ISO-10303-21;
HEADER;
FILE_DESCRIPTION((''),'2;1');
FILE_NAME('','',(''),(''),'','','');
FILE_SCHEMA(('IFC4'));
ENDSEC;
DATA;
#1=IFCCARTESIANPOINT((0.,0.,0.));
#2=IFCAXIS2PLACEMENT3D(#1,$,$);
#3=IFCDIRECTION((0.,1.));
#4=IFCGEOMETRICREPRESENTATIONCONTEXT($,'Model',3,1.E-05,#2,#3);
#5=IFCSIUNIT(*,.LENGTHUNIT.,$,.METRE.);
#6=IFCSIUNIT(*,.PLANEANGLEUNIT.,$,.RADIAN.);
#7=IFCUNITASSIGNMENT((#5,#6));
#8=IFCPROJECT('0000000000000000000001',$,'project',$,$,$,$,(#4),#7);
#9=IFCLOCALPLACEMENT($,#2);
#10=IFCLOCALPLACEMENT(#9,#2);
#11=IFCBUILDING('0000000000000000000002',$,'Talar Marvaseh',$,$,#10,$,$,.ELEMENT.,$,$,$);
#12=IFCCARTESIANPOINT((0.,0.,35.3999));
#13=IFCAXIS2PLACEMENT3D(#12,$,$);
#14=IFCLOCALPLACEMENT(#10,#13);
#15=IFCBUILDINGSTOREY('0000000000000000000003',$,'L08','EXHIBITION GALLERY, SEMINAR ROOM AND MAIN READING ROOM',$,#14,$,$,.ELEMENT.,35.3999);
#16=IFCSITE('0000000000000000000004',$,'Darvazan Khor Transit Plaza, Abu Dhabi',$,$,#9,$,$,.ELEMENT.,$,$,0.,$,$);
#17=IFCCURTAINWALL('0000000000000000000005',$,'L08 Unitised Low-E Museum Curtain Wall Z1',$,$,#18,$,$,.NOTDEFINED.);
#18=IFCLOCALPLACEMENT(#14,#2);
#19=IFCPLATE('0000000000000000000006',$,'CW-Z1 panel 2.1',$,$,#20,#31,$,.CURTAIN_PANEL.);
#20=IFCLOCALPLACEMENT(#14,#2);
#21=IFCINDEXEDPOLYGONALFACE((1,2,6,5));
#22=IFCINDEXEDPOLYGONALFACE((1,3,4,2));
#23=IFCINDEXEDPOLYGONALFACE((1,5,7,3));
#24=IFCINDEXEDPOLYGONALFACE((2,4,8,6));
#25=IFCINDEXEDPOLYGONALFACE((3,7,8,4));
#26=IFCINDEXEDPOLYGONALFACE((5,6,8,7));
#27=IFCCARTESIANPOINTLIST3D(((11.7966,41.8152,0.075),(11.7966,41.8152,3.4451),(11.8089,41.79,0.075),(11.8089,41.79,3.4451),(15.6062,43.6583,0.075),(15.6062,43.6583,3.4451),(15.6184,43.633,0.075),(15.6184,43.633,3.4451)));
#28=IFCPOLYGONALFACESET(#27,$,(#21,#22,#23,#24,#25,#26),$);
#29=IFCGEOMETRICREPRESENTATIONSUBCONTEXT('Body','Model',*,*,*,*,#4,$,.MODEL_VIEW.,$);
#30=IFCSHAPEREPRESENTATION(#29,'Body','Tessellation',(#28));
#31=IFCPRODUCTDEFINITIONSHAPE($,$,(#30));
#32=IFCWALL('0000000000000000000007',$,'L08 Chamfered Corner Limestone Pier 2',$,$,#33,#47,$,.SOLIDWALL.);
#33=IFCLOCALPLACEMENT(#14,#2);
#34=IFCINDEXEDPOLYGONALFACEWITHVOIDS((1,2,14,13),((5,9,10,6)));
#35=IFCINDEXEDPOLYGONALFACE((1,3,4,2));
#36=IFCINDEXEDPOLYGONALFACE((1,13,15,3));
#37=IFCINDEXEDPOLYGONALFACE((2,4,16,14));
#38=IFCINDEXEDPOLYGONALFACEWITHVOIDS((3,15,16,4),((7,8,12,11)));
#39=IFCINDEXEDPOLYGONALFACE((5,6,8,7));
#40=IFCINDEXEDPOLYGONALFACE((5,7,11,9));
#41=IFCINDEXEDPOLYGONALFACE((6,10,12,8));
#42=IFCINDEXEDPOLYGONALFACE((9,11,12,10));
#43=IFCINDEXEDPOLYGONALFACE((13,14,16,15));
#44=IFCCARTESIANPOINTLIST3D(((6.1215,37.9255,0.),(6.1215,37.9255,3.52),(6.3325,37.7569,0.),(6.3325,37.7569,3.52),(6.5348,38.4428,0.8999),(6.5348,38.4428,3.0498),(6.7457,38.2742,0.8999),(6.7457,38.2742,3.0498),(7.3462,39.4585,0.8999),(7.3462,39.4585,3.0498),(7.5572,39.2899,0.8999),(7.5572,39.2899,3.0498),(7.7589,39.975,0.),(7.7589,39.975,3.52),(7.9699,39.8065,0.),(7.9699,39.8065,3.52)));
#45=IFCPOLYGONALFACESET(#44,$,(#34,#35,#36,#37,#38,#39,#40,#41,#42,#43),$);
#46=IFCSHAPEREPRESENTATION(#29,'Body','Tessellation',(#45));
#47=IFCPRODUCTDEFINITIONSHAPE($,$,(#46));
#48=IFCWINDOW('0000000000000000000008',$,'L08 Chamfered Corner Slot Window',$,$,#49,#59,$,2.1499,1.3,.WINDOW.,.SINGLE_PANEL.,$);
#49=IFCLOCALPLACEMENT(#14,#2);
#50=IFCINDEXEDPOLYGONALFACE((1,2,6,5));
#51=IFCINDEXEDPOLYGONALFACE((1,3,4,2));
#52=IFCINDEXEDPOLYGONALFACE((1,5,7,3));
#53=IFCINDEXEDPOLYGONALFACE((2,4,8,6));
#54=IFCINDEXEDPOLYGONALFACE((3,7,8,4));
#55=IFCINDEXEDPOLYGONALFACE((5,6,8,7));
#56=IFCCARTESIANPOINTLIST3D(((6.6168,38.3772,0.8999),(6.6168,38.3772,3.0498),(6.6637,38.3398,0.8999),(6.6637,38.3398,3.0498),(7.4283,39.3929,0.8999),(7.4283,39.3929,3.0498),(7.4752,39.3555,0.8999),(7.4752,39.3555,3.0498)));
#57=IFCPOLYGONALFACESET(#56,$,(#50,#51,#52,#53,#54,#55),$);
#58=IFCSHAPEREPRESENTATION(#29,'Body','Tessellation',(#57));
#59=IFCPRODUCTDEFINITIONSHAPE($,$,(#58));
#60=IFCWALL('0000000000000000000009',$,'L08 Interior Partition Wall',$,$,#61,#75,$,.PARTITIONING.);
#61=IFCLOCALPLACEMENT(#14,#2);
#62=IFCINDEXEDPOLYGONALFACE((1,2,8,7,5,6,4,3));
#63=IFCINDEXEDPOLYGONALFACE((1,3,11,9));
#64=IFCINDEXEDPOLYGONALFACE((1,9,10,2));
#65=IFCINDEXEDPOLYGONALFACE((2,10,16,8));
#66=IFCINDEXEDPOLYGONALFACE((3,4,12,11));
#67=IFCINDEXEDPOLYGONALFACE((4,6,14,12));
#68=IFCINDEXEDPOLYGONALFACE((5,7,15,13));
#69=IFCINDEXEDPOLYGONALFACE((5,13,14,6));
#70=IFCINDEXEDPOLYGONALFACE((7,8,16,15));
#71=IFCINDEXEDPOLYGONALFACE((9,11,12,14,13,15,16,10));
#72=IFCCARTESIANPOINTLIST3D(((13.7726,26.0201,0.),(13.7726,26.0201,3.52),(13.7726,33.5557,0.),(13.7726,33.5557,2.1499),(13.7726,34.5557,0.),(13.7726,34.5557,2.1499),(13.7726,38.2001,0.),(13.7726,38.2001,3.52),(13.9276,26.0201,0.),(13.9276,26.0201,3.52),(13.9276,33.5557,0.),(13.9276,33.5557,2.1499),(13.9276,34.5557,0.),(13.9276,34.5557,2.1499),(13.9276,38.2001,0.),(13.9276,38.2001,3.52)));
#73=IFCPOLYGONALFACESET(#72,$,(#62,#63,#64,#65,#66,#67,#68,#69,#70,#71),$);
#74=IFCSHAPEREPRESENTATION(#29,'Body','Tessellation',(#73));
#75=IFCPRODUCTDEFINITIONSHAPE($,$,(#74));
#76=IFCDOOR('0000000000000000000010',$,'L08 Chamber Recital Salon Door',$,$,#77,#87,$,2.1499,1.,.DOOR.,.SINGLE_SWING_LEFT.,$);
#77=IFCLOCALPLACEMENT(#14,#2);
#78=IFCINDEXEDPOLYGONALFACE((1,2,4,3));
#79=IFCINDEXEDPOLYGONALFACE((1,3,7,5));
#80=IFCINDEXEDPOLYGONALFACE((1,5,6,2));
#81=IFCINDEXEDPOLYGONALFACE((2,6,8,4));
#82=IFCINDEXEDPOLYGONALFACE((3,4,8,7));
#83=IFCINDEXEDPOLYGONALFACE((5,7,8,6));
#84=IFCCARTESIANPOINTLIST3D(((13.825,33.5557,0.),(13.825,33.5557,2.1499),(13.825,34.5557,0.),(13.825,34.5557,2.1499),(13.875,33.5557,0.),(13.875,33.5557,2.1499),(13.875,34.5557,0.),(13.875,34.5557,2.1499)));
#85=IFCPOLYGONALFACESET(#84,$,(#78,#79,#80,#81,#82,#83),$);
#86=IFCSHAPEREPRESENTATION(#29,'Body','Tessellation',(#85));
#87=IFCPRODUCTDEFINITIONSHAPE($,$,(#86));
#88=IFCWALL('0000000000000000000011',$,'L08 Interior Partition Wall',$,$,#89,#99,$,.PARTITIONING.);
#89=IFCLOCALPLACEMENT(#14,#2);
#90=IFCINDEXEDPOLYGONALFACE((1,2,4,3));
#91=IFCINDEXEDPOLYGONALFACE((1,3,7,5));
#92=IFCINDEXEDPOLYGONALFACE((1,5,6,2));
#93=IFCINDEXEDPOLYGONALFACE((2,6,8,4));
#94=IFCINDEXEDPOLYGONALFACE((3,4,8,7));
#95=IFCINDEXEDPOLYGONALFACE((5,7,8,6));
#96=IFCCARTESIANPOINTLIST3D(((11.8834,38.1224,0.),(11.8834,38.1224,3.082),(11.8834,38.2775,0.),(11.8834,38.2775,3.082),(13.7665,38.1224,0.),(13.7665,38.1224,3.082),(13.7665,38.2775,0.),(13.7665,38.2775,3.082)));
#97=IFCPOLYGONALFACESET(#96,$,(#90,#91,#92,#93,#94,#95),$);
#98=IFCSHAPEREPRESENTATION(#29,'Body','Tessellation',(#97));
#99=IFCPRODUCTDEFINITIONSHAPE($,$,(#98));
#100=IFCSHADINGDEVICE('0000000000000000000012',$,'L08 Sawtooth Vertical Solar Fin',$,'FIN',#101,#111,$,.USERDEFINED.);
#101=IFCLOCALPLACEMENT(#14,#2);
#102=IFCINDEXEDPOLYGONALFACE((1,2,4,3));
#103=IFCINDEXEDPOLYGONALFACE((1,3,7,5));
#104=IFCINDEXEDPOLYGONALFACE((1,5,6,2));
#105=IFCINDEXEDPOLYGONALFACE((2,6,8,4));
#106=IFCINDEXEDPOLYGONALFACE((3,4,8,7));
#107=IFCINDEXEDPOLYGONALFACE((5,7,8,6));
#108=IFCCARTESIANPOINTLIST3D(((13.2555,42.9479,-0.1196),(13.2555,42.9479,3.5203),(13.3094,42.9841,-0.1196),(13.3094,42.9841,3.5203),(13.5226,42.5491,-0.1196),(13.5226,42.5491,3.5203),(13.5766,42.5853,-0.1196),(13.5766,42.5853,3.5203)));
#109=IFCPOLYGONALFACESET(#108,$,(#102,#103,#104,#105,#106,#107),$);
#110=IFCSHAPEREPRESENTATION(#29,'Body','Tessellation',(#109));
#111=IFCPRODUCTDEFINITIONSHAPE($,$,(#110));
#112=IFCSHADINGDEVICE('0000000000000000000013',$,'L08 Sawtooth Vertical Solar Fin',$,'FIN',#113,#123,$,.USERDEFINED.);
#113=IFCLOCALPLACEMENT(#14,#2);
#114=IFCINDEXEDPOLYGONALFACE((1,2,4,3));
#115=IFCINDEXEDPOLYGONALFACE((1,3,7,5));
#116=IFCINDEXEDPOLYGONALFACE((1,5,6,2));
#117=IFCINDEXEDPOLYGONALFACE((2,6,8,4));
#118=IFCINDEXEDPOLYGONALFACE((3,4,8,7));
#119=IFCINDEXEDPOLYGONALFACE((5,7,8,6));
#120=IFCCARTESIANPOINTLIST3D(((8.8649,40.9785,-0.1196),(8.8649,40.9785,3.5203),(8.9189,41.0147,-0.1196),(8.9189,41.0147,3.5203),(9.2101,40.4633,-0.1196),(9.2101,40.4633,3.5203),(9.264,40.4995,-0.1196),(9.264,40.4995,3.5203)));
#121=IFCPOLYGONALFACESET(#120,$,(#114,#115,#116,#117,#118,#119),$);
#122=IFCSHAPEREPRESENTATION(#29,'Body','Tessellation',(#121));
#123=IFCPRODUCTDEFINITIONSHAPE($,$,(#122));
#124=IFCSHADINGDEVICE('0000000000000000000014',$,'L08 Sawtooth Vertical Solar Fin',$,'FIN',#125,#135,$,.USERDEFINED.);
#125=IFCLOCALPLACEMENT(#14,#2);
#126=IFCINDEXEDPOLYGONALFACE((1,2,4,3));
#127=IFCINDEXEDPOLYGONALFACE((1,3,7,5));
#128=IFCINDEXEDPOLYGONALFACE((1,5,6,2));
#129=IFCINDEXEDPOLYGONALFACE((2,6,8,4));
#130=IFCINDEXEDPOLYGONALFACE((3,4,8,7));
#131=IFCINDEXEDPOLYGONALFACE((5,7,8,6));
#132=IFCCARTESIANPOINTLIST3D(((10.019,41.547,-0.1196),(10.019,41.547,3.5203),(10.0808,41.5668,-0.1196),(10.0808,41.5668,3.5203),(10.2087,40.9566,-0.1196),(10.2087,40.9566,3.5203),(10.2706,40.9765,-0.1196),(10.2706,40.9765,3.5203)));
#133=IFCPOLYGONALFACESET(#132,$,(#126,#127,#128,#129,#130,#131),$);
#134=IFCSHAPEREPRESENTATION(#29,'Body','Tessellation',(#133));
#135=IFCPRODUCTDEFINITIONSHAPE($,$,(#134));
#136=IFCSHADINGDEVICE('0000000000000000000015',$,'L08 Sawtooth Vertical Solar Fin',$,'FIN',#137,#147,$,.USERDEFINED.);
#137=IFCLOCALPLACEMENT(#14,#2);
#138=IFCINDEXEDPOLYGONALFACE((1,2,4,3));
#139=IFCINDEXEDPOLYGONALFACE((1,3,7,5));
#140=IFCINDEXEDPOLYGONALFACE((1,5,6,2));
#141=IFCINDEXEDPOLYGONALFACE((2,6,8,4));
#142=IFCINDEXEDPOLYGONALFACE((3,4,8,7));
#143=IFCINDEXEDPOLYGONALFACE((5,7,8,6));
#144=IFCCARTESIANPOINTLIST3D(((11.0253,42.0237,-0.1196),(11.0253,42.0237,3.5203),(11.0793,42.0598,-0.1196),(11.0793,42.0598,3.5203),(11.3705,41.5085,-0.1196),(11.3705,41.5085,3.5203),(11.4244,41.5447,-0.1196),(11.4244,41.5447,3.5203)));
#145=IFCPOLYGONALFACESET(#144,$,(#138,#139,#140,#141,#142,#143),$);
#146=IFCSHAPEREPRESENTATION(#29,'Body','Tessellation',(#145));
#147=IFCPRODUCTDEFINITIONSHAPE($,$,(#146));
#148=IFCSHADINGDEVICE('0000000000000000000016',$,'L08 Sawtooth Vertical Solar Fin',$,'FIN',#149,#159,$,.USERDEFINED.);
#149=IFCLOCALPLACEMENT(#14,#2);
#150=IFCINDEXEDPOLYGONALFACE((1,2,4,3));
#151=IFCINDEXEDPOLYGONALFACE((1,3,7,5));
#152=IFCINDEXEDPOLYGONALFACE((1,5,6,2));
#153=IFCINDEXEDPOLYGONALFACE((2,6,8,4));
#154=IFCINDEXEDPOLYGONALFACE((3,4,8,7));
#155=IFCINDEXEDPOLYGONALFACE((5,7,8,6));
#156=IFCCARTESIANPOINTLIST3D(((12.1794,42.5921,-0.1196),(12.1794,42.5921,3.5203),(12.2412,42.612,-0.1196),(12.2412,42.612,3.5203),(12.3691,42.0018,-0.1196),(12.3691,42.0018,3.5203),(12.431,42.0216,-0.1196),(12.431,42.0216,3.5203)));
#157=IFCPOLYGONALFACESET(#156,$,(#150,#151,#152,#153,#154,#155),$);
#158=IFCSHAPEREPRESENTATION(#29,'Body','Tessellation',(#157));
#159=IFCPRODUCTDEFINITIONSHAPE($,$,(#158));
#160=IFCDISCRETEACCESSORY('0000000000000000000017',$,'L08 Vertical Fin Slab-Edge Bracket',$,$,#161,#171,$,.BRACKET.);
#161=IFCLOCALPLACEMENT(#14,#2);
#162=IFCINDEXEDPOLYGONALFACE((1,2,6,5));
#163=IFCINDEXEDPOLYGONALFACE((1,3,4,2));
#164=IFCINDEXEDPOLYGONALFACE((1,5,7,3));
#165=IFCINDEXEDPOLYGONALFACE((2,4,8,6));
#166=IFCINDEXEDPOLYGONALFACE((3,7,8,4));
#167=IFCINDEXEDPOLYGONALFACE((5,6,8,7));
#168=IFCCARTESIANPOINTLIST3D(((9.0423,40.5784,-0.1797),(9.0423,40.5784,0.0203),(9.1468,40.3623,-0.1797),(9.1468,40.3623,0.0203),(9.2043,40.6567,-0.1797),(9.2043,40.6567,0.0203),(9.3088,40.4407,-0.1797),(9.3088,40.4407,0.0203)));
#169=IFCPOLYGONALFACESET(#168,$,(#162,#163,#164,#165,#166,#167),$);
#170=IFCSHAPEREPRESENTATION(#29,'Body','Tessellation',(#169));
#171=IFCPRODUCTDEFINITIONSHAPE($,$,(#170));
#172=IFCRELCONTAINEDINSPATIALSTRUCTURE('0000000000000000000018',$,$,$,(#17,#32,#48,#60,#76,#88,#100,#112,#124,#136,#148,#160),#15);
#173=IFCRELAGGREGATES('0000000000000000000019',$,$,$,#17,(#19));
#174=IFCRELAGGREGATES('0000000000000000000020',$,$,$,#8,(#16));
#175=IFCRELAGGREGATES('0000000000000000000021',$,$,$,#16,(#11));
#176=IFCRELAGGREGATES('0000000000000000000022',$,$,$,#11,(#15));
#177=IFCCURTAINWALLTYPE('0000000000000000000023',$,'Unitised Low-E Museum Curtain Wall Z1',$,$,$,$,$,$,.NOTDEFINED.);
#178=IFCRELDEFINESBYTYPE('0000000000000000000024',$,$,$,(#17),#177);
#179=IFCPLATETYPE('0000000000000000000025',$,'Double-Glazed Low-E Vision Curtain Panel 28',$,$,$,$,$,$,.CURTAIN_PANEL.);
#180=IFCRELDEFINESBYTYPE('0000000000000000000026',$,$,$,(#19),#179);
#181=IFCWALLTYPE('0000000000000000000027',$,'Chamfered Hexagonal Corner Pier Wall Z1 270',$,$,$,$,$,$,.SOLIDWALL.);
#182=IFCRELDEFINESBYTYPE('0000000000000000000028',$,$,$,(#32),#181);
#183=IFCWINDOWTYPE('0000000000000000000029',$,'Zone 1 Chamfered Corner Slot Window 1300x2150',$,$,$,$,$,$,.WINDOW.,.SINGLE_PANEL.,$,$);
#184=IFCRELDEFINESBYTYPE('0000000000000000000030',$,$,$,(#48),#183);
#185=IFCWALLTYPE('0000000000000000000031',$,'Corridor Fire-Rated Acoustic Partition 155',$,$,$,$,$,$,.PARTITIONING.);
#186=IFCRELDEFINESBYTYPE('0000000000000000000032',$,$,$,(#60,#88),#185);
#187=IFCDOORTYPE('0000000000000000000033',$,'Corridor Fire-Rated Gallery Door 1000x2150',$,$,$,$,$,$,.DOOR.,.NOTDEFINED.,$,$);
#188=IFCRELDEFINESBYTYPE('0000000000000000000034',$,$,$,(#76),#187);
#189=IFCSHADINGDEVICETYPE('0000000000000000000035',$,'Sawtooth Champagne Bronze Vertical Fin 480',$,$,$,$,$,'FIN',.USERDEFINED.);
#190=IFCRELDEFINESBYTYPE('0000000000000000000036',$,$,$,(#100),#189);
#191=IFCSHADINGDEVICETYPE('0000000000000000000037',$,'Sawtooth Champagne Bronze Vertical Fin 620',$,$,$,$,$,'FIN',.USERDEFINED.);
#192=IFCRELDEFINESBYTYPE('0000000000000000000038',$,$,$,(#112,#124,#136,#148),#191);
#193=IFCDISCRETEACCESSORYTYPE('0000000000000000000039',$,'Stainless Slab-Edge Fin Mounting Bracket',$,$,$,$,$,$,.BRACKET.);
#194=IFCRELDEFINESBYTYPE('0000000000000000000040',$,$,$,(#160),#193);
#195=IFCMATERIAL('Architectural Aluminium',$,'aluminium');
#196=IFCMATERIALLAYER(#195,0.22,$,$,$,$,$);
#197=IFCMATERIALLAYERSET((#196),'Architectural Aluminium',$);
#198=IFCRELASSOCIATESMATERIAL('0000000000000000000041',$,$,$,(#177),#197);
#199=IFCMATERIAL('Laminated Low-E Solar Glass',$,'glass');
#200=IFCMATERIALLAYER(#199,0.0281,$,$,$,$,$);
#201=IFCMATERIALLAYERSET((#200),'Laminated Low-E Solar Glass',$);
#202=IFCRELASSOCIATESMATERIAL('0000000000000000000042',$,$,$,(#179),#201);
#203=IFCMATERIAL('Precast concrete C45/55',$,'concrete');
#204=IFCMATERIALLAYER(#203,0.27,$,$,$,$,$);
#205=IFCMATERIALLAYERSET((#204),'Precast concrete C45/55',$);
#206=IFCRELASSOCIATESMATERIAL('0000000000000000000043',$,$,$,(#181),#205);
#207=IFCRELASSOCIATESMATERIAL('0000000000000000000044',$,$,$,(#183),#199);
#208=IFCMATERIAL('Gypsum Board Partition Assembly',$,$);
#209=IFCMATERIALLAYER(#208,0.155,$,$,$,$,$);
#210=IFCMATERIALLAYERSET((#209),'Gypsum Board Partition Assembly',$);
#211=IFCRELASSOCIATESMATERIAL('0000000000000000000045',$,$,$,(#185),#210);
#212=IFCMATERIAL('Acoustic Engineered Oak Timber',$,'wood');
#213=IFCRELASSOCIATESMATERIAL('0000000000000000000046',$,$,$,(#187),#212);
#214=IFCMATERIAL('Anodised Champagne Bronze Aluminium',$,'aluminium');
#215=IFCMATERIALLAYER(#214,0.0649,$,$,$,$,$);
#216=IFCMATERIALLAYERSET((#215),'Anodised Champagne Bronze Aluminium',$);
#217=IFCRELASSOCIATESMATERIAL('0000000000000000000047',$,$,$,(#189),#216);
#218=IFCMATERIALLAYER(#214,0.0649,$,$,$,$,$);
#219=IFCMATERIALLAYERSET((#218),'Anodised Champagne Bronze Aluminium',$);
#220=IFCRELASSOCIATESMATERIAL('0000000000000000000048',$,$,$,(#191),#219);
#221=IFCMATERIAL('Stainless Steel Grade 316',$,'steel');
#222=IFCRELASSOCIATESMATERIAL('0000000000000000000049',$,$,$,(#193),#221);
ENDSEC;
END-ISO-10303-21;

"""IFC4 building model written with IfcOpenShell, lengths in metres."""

from ifc_helpers import new_model, si_unit, direction, frame, frame_2d, origin, origin_2d, place, context, subcontext, project, spatial, rectangle, extrude, source, transform, mapped, material, layer, layer_set, type_object, type_shapes, element, fill, aggregate, save


model = new_model("IFC4")

# Units and contexts
model_context = context("Model", 3, precision=1e-05, world=origin(), true_north=direction((0.0, 1.0)))
body_context = subcontext(model_context, "Body", "Model", "MODEL_VIEW")
ifc_project = project(units=[si_unit("LENGTHUNIT", "METRE"), si_unit("PLANEANGLEUNIT", "RADIAN")], contexts=[model_context])

# Site, building, storey
site_placement = place(None, origin())
site = spatial("IfcSite", under=ifc_project, at=site_placement, Name="Darvazan Khor Transit Plaza, Abu Dhabi", CompositionType="ELEMENT", RefElevation=0.0)
building_placement = place(site_placement, origin())
building = spatial("IfcBuilding", under=site, at=building_placement, Name="Talar Marvaseh", CompositionType="ELEMENT")
storey_placement = place(building_placement, frame((0.0, 0.0, 35.3999)))
storey = spatial("IfcBuildingStorey", under=building, at=storey_placement, Name="L08", Description="EXHIBITION GALLERY, SEMINAR ROOM AND MAIN READING ROOM", CompositionType="ELEMENT", Elevation=35.3999)

# Shared definitions
ifc_material_1 = material(Name="Architectural Aluminium", Category="aluminium")
ifc_layer_1 = layer(ifc_material_1, 0.22)
ifc_layer_set_1 = layer_set([ifc_layer_1], Name="Architectural Aluminium")
curtain_wall_type = type_object("IfcCurtainWallType", Name="Unitised Low-E Museum Curtain Wall Z1", PredefinedType="NOTDEFINED", material=ifc_layer_set_1)

# Curtain wall, plate
curtain_wall_1_placement = place(storey_placement, origin())
curtain_wall_1 = element("IfcCurtainWall", 1, at=curtain_wall_1_placement, inside=storey, type_object=curtain_wall_type, Name="L08 Unitised Low-E Museum Curtain Wall Z1", PredefinedType="NOTDEFINED")
ifc_material_2 = material(Name="Laminated Low-E Solar Glass", Category="glass")
ifc_layer_2 = layer(ifc_material_2, 0.0281)
ifc_layer_set_2 = layer_set([ifc_layer_2], Name="Laminated Low-E Solar Glass")
plate_type = type_object("IfcPlateType", Name="Double-Glazed Low-E Vision Curtain Panel 28", PredefinedType="CURTAIN_PANEL", material=ifc_layer_set_2)
shared_shape_1 = source(origin(), body_context, "Body", "SweptSolid", [
    extrude(rectangle(XDim=4.2319, YDim=0.0281, at=origin_2d()), origin(), (0.0, 0.0, 1.0), 3.3701),
])
plate_1_placement = place(storey_placement, frame((13.7075, 42.7241, 0.075), z_axis=(0.0, 0.0, 1.0), x_axis=(0.900184, 0.43551, 0.0)))
plate_1 = element("IfcPlate", 2, at=plate_1_placement, type_object=plate_type, Name="CW-Z1 panel 2.1", PredefinedType="CURTAIN_PANEL", context=body_context, shape_type="MappedRepresentation", body=[
    mapped(shared_shape_1, transform((0.0, 0.0, 0.0), x_axis=(1.0, 0.0, 0.0), y_axis=(0.0, 1.0, 0.0), z_axis=(0.0, 0.0, 1.0), scale=1.0)),
])
aggregate(curtain_wall_1, [plate_1])

# Wall, opening, window
ifc_material_3 = material(Name="Precast concrete C45/55", Category="concrete")
ifc_layer_3 = layer(ifc_material_3, 0.27)
ifc_layer_set_3 = layer_set([ifc_layer_3], Name="Precast concrete C45/55")
wall_type_1 = type_object("IfcWallType", Name="Chamfered Hexagonal Corner Pier Wall Z1 270", PredefinedType="SOLIDWALL", material=ifc_layer_set_3)
wall_1_placement = place(storey_placement, frame((6.2271, 37.8413, 0.0), z_axis=(0.0, 0.0, 1.0), x_axis=(0.624184, 0.781277, 0.0)))
wall_1 = element("IfcWall", 3, at=wall_1_placement, inside=storey, type_object=wall_type_1, Name="L08 Chamfered Corner Limestone Pier 2", PredefinedType="SOLIDWALL", context=body_context, shape_type="SweptSolid", body=[
    extrude(rectangle(XDim=2.6233, YDim=0.27, at=frame_2d((1.3115, 0.0))), origin(), (0.0, 0.0, 1.0), 3.52),
])
opening_1_placement = place(wall_1_placement, frame((0.6621, 0.0, 0.8999)))
opening_1 = element("IfcOpeningElement", 4, at=opening_1_placement, cuts=wall_1, PredefinedType="OPENING", context=body_context, shape_type="SweptSolid", body=[
    extrude(rectangle(XDim=1.3, YDim=2.1499, at=frame_2d((0.6499, 1.075))), frame((0.0, 0.145, 0.0), z_axis=(0.0, -1.0, 0.0), x_axis=(1.0, 0.0, 0.0)), (0.0, 0.0, 1.0), 0.29),
])
window_type = type_object("IfcWindowType", Name="Zone 1 Chamfered Corner Slot Window 1300x2150", PartitioningType="SINGLE_PANEL", PredefinedType="WINDOW", material=ifc_material_2)
shared_shape_2 = source(origin(), body_context, "Body", "SweptSolid", [
    extrude(rectangle(XDim=1.3, YDim=2.1499, at=frame_2d((0.6499, 1.075))), frame((0.0, 0.03, 0.0), z_axis=(0.0, -1.0, 0.0), x_axis=(1.0, 0.0, 0.0)), (0.0, 0.0, 1.0), 0.0601),
])
type_shapes(window_type, [shared_shape_2])
window_placement = place(opening_1_placement, origin())
window = element("IfcWindow", 5, at=window_placement, inside=storey, type_object=window_type, Name="L08 Chamfered Corner Slot Window", OverallHeight=2.1499, OverallWidth=1.3, PartitioningType="SINGLE_PANEL", PredefinedType="WINDOW", context=body_context, shape_type="MappedRepresentation", body=[
    mapped(shared_shape_2, transform((0.0, 0.0, 0.0), x_axis=(1.0, 0.0, 0.0), y_axis=(0.0, 1.0, 0.0), z_axis=(0.0, 0.0, 1.0), scale=1.0)),
])
fill(opening_1, window)

# Wall, opening, door
ifc_material_4 = material(Name="Gypsum Board Partition Assembly")
ifc_layer_4 = layer(ifc_material_4, 0.155)
ifc_layer_set_4 = layer_set([ifc_layer_4], Name="Gypsum Board Partition Assembly")
wall_type_2 = type_object("IfcWallType", Name="Corridor Fire-Rated Acoustic Partition 155", PredefinedType="PARTITIONING", material=ifc_layer_set_4)
wall_2_placement = place(storey_placement, frame((13.8501, 38.2, 0.0), z_axis=(0.0, 0.0, 1.0), x_axis=(0.0, -1.0, 0.0)))
wall_2 = element("IfcWall", 6, at=wall_2_placement, inside=storey, type_object=wall_type_2, Name="L08 Interior Partition Wall", PredefinedType="PARTITIONING", context=body_context, shape_type="SweptSolid", body=[
    extrude(rectangle(XDim=12.1799, YDim=0.155, at=frame_2d((6.0898, 0.0))), origin(), (0.0, 0.0, 1.0), 3.52),
])
opening_2_placement = place(wall_2_placement, frame((3.6443, 0.0, 0.0)))
opening_2 = element("IfcOpeningElement", 7, at=opening_2_placement, cuts=wall_2, PredefinedType="OPENING", context=body_context, shape_type="SweptSolid", body=[
    extrude(rectangle(XDim=1.0, YDim=2.1499, at=frame_2d((0.5, 1.075))), frame((0.0, 0.0874, 0.0), z_axis=(0.0, -1.0, 0.0), x_axis=(1.0, 0.0, 0.0)), (0.0, 0.0, 1.0), 0.175),
])
ifc_material_5 = material(Name="Acoustic Engineered Oak Timber", Category="wood")
door_type = type_object("IfcDoorType", Name="Corridor Fire-Rated Gallery Door 1000x2150", OperationType="NOTDEFINED", PredefinedType="DOOR", material=ifc_material_5)
shared_shape_3 = source(origin(), body_context, "Body", "SweptSolid", [
    extrude(rectangle(XDim=1.0, YDim=2.1499, at=frame_2d((0.5, 1.075))), frame((0.0, 0.0249, 0.0), z_axis=(0.0, -1.0, 0.0), x_axis=(1.0, 0.0, 0.0)), (0.0, 0.0, 1.0), 0.05),
])
type_shapes(door_type, [shared_shape_3])
door_placement = place(opening_2_placement, origin())
door = element("IfcDoor", 8, at=door_placement, inside=storey, type_object=door_type, Name="L08 Chamber Recital Salon Door", OperationType="SINGLE_SWING_LEFT", OverallHeight=2.1499, OverallWidth=1.0, PredefinedType="DOOR", context=body_context, shape_type="MappedRepresentation", body=[
    mapped(shared_shape_3, transform((0.0, 0.0, 0.0), x_axis=(1.0, 0.0, 0.0), y_axis=(0.0, 1.0, 0.0), z_axis=(0.0, 0.0, 1.0), scale=1.0)),
])
fill(opening_2, door)

# Wall
wall_3_placement = place(storey_placement, frame((11.8835, 38.2, 0.0), z_axis=(0.0, 0.0, 1.0), x_axis=(1.0, 0.0, 0.0)))
element("IfcWall", 9, at=wall_3_placement, inside=storey, type_object=wall_type_2, Name="L08 Interior Partition Wall", PredefinedType="PARTITIONING", context=body_context, shape_type="SweptSolid", body=[
    extrude(rectangle(XDim=1.8831, YDim=0.155, at=frame_2d((0.9414, 0.0))), origin(), (0.0, 0.0, 1.0), 3.082),
])

# Shading devices
ifc_material_6 = material(Name="Anodised Champagne Bronze Aluminium", Category="aluminium")
ifc_layer_5 = layer(ifc_material_6, 0.0649)
ifc_layer_set_5 = layer_set([ifc_layer_5], Name="Anodised Champagne Bronze Aluminium")
shading_device_type_1 = type_object("IfcShadingDeviceType", Name="Sawtooth Champagne Bronze Vertical Fin 480", ElementType="FIN", PredefinedType="USERDEFINED", material=ifc_layer_set_5)
shared_shape_4 = source(origin(), body_context, "Body", "SweptSolid", [
    extrude(rectangle(XDim=0.48, YDim=0.0649, at=origin_2d()), origin(), (0.0, 0.0, 1.0), 3.6399),
])
type_shapes(shading_device_type_1, [shared_shape_4])
shading_device_placement = place(storey_placement, frame((13.416, 42.7666, -0.1196), z_axis=(0.0, 0.0, 1.0), x_axis=(-0.556586, 0.83079, 0.0)))
element("IfcShadingDevice", 10, at=shading_device_placement, inside=storey, type_object=shading_device_type_1, Name="L08 Sawtooth Vertical Solar Fin", ObjectType="FIN", PredefinedType="USERDEFINED", context=body_context, shape_type="MappedRepresentation", body=[
    mapped(shared_shape_4, transform((0.0, 0.0, 0.0), x_axis=(1.0, 0.0, 0.0), y_axis=(0.0, 1.0, 0.0), z_axis=(0.0, 0.0, 1.0), scale=1.0)),
])
ifc_layer_6 = layer(ifc_material_6, 0.0649)
ifc_layer_set_6 = layer_set([ifc_layer_6], Name="Anodised Champagne Bronze Aluminium")
shading_device_type_2 = type_object("IfcShadingDeviceType", Name="Sawtooth Champagne Bronze Vertical Fin 620", ElementType="FIN", PredefinedType="USERDEFINED", material=ifc_layer_set_6)
shared_shape_5 = source(origin(), body_context, "Body", "SweptSolid", [
    extrude(rectangle(XDim=0.6201, YDim=0.0649, at=origin_2d()), origin(), (0.0, 0.0, 1.0), 3.6399),
])
type_shapes(shading_device_type_2, [shared_shape_5])
for number, where, z_axis, x_axis, name in (
    (11, (9.0645, 40.739, -0.1196), (0.0, 0.0, 1.0), (-0.556586, 0.83079, 0.0), "L08 Sawtooth Vertical Solar Fin"),
    (12, (10.1448, 41.2617, -0.1196), (0.0, 0.0, 1.0), (-0.306028, 0.952023, 0.0), "L08 Sawtooth Vertical Solar Fin"),
    (13, (11.2249, 41.7842, -0.1196), (0.0, 0.0, 1.0), (-0.556586, 0.83079, 0.0), "L08 Sawtooth Vertical Solar Fin"),
    (14, (12.3052, 42.3069, -0.1196), (0.0, 0.0, 1.0), (-0.306028, 0.952023, 0.0), "L08 Sawtooth Vertical Solar Fin"),
):
    element("IfcShadingDevice", number, at=place(storey_placement, frame(where, z_axis=z_axis, x_axis=x_axis)), inside=storey, type_object=shading_device_type_2, Name=name, ObjectType="FIN", PredefinedType="USERDEFINED", context=body_context, shape_type="MappedRepresentation", body=[
        mapped(shared_shape_5, transform((0.0, 0.0, 0.0), x_axis=(1.0, 0.0, 0.0), y_axis=(0.0, 1.0, 0.0), z_axis=(0.0, 0.0, 1.0), scale=1.0)),
    ])

# Discrete accessory
ifc_material_7 = material(Name="Stainless Steel Grade 316", Category="steel")
discrete_accessory_type = type_object("IfcDiscreteAccessoryType", Name="Stainless Slab-Edge Fin Mounting Bracket", PredefinedType="BRACKET", material=ifc_material_7)
shared_shape_6 = source(origin(), body_context, "Body", "SweptSolid", [
    extrude(rectangle(XDim=0.24, YDim=0.1799, at=origin_2d()), origin(), (0.0, 0.0, 1.0), 0.2),
])
type_shapes(discrete_accessory_type, [shared_shape_6])
for number, where, z_axis, x_axis, name in (
    (15, (9.1755, 40.5095, -0.1797), (0.0, 0.0, 1.0), (-0.435545, 0.900167, 0.0), "L08 Vertical Fin Slab-Edge Bracket"),
):
    element("IfcDiscreteAccessory", number, at=place(storey_placement, frame(where, z_axis=z_axis, x_axis=x_axis)), inside=storey, type_object=discrete_accessory_type, Name=name, PredefinedType="BRACKET", context=body_context, shape_type="MappedRepresentation", body=[
        mapped(shared_shape_6, transform((0.0, 0.0, 0.0), x_axis=(1.0, 0.0, 0.0), y_axis=(0.0, 1.0, 0.0), z_axis=(0.0, 0.0, 1.0), scale=1.0)),
    ])

save(model, "model.ifc")
